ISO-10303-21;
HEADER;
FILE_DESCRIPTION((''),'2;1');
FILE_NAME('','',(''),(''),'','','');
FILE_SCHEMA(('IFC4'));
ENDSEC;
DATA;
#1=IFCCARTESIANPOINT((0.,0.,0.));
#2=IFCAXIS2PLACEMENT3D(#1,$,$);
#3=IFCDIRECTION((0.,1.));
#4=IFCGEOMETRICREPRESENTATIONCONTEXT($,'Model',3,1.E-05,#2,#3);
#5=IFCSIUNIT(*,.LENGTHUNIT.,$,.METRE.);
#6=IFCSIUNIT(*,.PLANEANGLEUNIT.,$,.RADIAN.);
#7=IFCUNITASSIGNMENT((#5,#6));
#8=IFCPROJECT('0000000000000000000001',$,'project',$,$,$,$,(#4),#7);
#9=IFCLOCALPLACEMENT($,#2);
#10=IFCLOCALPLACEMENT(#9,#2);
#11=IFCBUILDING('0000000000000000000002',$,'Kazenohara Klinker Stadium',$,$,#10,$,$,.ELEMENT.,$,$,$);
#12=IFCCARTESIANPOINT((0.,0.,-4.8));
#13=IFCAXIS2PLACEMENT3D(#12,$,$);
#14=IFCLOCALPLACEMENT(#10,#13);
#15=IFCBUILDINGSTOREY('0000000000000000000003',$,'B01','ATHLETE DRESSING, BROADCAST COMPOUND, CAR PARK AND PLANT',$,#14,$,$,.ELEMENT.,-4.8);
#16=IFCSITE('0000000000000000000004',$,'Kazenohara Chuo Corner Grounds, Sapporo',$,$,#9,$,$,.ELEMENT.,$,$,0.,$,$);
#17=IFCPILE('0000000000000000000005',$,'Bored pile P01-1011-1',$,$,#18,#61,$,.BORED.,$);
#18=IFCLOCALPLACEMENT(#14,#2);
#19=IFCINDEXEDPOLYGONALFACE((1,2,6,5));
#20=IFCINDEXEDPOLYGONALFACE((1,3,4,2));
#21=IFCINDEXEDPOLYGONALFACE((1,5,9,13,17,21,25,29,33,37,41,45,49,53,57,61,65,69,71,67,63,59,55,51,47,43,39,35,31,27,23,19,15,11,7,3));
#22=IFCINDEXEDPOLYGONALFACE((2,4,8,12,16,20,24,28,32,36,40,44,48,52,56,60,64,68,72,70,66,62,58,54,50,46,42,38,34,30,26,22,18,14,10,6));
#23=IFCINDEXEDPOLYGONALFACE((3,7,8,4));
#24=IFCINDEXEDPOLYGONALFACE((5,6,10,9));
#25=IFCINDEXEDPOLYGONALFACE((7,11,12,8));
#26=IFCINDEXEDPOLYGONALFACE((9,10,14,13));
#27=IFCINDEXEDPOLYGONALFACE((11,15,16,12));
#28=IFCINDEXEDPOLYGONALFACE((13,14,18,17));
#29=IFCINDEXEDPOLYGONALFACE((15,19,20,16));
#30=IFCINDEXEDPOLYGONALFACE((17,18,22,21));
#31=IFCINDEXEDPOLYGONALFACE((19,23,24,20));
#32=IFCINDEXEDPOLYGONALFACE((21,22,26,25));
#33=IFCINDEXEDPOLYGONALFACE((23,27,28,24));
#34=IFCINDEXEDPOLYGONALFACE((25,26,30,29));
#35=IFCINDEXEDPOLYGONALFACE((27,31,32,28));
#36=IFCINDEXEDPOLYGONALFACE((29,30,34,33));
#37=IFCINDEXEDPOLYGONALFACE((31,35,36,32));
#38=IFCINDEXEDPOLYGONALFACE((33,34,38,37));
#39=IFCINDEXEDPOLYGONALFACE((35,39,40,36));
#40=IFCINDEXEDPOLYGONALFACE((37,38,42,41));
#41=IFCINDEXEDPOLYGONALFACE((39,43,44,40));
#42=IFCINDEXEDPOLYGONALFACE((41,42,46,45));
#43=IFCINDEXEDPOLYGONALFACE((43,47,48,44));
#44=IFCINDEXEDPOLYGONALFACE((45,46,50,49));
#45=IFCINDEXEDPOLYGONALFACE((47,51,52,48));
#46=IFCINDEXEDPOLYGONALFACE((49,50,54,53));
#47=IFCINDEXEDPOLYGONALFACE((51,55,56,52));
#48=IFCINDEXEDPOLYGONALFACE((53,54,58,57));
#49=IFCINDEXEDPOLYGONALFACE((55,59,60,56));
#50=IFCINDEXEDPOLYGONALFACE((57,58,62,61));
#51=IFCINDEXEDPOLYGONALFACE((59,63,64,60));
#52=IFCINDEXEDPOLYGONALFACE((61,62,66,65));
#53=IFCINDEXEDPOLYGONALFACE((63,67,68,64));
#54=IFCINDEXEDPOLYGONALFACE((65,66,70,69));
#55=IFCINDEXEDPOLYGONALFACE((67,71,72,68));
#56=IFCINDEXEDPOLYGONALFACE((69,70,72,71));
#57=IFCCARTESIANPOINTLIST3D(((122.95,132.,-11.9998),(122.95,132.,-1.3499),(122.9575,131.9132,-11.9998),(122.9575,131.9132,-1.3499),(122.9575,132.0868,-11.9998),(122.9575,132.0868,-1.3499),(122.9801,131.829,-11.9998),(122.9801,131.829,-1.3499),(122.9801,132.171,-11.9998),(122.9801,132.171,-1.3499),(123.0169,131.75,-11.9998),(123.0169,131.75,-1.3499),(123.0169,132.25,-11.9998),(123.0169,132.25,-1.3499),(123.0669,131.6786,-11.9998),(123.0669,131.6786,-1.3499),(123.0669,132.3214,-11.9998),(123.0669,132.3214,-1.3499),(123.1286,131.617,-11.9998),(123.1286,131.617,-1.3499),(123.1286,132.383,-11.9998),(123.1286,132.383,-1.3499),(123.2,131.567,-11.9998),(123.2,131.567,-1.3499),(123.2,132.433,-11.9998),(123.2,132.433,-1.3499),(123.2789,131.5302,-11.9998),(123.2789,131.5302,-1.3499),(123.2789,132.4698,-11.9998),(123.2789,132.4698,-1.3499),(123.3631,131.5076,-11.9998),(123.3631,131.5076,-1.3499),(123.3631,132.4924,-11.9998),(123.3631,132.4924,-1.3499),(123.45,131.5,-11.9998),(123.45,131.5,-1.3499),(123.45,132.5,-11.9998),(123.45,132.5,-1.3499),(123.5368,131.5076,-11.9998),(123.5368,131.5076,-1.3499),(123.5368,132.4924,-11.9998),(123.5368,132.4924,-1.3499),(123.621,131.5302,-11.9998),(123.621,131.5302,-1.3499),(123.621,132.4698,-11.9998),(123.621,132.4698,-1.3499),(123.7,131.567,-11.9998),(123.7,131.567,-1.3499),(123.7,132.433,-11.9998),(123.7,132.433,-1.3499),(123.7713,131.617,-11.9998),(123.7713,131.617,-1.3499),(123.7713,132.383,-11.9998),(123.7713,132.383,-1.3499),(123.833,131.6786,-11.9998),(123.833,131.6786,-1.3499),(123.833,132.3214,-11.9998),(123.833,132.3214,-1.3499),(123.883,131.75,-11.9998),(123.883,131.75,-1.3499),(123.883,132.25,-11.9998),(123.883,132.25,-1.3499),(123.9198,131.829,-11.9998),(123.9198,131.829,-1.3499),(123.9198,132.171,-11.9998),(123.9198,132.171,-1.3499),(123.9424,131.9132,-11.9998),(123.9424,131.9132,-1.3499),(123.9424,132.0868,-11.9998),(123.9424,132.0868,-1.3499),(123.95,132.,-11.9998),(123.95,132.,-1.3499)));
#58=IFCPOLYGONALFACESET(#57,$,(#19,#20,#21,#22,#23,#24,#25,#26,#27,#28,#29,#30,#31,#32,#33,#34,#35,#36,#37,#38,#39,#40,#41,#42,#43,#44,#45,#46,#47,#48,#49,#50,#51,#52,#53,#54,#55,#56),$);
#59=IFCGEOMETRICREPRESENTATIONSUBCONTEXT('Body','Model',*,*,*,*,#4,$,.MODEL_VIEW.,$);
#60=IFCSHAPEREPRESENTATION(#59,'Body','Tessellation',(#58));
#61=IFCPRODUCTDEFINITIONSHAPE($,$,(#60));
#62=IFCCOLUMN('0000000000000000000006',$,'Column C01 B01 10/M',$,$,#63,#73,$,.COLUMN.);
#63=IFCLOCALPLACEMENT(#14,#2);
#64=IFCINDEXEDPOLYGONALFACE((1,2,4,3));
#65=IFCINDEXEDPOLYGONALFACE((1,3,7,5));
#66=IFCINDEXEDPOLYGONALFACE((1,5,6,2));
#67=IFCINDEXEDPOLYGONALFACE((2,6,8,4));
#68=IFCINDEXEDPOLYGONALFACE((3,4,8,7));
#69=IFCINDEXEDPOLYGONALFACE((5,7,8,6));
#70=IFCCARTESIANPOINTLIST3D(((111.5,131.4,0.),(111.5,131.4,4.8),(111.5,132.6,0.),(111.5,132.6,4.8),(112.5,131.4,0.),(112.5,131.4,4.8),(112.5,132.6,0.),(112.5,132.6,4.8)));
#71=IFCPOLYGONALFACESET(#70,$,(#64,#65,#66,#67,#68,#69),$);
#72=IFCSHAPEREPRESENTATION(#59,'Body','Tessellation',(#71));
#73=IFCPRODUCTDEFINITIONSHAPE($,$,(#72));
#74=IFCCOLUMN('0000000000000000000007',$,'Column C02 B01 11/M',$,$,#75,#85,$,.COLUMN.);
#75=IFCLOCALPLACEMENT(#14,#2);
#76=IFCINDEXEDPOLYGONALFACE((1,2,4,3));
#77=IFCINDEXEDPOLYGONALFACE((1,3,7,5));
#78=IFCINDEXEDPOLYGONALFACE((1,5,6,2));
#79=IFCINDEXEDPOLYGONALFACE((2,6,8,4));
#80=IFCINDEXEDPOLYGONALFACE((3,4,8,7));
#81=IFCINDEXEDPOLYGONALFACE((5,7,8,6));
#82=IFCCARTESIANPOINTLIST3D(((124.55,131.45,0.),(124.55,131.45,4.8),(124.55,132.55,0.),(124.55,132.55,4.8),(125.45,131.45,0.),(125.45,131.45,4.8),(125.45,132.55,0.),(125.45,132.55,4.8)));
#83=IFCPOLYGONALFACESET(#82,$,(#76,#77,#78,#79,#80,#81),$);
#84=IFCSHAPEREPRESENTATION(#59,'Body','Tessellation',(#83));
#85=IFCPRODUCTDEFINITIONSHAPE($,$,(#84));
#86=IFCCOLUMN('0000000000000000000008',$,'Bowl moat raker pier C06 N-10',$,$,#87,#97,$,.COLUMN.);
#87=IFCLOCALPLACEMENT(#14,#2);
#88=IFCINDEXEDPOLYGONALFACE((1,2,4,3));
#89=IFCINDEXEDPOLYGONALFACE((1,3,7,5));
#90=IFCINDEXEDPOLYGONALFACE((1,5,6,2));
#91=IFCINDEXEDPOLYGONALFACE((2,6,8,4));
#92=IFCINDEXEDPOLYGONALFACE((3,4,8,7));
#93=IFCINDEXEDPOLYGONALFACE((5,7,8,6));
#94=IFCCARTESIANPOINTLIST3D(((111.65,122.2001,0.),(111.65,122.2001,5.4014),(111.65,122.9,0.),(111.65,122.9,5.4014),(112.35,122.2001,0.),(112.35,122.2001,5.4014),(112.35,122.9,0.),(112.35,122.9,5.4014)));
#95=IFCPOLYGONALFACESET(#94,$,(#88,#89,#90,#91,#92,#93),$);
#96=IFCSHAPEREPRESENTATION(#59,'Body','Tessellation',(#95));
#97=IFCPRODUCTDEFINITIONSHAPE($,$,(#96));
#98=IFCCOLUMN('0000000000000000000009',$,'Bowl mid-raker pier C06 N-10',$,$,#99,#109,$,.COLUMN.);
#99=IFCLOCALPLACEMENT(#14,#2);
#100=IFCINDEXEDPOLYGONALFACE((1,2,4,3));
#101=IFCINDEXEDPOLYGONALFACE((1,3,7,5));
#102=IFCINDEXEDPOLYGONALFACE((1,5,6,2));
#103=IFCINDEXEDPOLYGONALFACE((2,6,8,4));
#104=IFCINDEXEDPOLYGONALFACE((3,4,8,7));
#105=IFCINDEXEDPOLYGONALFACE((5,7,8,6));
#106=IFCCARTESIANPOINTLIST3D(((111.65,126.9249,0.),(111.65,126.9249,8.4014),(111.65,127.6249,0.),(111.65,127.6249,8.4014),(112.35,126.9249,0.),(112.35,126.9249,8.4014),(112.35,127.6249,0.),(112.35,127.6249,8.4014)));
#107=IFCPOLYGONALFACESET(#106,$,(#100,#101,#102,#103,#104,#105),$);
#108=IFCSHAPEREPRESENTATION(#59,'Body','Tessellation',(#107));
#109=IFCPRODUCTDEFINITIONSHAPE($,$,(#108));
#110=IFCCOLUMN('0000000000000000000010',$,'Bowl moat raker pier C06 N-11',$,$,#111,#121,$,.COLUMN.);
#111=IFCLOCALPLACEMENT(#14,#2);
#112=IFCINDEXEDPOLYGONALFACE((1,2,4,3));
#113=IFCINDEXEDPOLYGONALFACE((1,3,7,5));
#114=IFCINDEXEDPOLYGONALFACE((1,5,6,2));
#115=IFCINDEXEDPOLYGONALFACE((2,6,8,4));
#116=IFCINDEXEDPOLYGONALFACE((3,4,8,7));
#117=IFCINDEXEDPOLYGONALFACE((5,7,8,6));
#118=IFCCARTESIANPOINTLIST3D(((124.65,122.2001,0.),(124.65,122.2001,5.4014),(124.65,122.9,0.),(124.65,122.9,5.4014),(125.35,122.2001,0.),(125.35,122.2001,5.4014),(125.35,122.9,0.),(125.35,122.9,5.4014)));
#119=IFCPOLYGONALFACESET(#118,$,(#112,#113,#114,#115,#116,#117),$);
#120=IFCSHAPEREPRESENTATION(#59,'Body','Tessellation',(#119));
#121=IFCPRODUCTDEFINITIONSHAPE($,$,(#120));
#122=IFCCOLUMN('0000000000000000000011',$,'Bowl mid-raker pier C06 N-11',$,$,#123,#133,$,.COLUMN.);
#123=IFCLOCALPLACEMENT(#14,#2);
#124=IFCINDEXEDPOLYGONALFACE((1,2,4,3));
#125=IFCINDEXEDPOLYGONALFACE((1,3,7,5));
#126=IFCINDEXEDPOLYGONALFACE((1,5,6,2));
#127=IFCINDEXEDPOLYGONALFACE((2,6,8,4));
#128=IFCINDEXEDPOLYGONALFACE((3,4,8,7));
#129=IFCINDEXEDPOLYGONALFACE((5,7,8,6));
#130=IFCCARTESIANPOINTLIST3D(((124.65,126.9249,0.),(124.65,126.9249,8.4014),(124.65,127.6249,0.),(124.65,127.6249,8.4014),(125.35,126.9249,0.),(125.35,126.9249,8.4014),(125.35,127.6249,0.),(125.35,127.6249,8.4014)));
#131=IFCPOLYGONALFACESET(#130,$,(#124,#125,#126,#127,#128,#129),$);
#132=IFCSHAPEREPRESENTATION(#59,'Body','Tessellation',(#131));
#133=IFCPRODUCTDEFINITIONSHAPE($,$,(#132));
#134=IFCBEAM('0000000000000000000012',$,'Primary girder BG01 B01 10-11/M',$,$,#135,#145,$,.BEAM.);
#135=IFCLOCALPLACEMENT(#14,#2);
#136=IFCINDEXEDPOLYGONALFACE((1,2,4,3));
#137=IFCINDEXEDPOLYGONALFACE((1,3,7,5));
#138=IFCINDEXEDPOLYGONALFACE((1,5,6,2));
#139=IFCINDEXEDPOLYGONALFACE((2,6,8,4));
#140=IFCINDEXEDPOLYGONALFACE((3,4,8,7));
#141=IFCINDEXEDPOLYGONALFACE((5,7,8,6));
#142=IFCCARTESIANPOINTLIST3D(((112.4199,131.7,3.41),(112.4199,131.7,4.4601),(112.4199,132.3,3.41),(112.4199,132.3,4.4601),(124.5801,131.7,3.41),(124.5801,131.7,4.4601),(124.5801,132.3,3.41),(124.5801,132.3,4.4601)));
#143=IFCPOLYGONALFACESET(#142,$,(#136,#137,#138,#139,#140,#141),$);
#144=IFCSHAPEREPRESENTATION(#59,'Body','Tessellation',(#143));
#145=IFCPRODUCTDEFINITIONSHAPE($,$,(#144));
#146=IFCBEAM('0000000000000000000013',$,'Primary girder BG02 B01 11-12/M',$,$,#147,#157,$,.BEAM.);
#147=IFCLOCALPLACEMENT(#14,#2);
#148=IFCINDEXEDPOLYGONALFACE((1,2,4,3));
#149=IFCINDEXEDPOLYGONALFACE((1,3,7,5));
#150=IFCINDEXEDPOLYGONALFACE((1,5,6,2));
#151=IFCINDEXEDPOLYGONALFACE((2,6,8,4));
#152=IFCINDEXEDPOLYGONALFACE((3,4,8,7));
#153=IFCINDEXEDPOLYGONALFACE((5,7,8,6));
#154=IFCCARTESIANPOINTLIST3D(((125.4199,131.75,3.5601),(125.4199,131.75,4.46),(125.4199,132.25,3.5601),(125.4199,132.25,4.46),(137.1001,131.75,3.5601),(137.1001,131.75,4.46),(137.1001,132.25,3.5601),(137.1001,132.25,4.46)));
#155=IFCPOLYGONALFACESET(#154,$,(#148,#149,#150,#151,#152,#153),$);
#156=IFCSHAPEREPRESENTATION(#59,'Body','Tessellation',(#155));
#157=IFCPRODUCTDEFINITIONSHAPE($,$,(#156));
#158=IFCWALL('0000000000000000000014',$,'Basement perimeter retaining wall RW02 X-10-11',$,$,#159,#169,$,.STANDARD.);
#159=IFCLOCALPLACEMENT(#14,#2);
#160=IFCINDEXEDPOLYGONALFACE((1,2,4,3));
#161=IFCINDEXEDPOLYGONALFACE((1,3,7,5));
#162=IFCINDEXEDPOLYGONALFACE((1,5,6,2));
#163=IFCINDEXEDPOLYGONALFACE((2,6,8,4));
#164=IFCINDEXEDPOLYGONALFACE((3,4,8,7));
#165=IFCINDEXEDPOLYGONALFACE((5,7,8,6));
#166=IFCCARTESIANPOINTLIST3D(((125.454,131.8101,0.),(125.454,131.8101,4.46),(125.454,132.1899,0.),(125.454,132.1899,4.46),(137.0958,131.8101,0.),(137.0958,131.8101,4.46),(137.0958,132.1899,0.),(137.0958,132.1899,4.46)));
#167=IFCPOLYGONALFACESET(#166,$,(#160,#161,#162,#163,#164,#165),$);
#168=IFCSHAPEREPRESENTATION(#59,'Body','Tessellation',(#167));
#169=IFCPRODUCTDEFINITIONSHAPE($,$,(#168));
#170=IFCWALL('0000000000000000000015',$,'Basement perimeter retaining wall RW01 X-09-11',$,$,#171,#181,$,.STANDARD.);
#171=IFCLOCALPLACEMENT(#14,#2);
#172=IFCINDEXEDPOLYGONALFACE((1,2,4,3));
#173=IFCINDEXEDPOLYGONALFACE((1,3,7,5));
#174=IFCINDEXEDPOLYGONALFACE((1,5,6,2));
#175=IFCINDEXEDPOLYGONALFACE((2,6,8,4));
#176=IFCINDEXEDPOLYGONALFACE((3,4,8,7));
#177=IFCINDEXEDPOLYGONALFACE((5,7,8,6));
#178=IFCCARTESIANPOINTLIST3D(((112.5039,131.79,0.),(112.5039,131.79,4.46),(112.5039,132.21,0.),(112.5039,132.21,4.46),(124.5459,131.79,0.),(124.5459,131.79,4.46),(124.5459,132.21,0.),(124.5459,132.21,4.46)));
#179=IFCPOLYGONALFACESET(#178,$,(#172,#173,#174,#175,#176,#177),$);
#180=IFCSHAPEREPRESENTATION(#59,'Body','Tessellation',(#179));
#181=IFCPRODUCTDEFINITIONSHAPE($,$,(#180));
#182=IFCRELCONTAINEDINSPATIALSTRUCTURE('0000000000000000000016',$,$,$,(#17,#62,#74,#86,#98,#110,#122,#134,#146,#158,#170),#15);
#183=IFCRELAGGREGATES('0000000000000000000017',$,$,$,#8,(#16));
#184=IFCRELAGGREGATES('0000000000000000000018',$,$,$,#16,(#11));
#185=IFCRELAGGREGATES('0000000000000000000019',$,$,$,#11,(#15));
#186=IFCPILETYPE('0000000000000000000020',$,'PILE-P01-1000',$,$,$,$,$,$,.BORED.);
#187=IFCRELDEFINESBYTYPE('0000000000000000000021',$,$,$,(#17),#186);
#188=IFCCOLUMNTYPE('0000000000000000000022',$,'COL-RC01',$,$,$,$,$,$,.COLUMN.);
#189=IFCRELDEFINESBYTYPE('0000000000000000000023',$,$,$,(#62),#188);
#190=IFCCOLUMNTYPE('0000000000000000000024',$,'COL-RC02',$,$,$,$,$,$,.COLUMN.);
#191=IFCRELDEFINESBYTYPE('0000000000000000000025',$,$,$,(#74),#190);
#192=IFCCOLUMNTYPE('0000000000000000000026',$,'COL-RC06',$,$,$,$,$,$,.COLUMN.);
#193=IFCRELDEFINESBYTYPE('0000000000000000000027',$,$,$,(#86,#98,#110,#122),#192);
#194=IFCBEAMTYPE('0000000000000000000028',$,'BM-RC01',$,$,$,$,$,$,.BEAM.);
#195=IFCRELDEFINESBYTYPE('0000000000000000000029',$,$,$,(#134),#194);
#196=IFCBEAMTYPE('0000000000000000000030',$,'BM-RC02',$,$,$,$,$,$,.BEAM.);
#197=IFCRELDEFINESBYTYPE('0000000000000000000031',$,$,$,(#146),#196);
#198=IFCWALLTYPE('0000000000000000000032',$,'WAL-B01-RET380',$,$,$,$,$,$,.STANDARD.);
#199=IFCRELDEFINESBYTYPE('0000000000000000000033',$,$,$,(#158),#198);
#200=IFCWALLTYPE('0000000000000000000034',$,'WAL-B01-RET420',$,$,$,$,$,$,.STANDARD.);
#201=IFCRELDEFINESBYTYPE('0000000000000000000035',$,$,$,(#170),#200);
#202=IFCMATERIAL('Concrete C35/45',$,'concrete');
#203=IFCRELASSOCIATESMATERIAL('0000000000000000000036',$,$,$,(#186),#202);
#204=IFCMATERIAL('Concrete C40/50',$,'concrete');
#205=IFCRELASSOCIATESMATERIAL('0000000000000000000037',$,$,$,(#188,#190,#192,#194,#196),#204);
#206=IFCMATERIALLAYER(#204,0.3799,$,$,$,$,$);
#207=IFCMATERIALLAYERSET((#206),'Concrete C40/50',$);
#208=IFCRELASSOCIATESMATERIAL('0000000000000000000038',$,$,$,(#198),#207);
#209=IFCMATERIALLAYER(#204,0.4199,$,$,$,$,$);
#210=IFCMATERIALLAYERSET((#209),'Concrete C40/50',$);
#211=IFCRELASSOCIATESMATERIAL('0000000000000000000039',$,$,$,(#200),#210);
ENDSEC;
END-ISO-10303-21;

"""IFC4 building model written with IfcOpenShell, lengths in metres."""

from ifc_helpers import new_model, si_unit, direction, frame, frame_2d, origin, origin_2d, place, context, subcontext, project, spatial, rectangle, circle, extrude, material, layer, layer_set, material_profile, profile_set, type_object, element, save


model = new_model("IFC4")

# Units and contexts
model_context = context("Model", 3, precision=1e-05, world=origin(), true_north=direction((0.0, 1.0)))
body_context = subcontext(model_context, "Body", "Model", "MODEL_VIEW")
ifc_project = project(units=[si_unit("LENGTHUNIT", "METRE"), si_unit("PLANEANGLEUNIT", "RADIAN")], contexts=[model_context])

# Site, building, storey
site_placement = place(None, origin())
site = spatial("IfcSite", under=ifc_project, at=site_placement, Name="Kazenohara Chuo Corner Grounds, Sapporo", CompositionType="ELEMENT", RefElevation=0.0)
building_placement = place(site_placement, origin())
building = spatial("IfcBuilding", under=site, at=building_placement, Name="Kazenohara Klinker Stadium", CompositionType="ELEMENT")
storey_placement = place(building_placement, frame((0.0, 0.0, -4.8)))
storey = spatial("IfcBuildingStorey", under=building, at=storey_placement, Name="B01", Description="ATHLETE DRESSING, BROADCAST COMPOUND, CAR PARK AND PLANT", CompositionType="ELEMENT", Elevation=-4.8)

# Shared definitions
ifc_material_1 = material(Name="Concrete C35/45", Category="concrete")

# Pile
ifc_material_profile_1 = material_profile(ifc_material_1, circle(Radius=0.5, at=origin_2d()), Name="BORED-PILE-1000")
ifc_profile_set_1 = profile_set([ifc_material_profile_1], Name="Concrete C35/45")
pile_type = type_object("IfcPileType", Name="PILE-P01-1000", PredefinedType="BORED", material=ifc_profile_set_1)
pile_placement = place(storey_placement, frame((123.45, 132.0, -1.3499), z_axis=(0.0, 0.0, -1.0), x_axis=(1.0, 0.0, 0.0)))
element("IfcPile", 1, at=pile_placement, inside=storey, type_object=pile_type, Name="Bored pile P01-1011-1", PredefinedType="BORED", context=body_context, shape_type="SweptSolid", body=[
    extrude(circle(Radius=0.5, at=origin_2d()), origin(), (0.0, 0.0, 1.0), 10.6499),
])

# Columns
ifc_material_2 = material(Name="Concrete C40/50", Category="concrete")
ifc_material_profile_2 = material_profile(ifc_material_2, rectangle(XDim=1.0, YDim=1.2, at=origin_2d()), Name="RC-COL-1200x1000")
ifc_profile_set_2 = profile_set([ifc_material_profile_2], Name="Concrete C40/50")
column_type_1 = type_object("IfcColumnType", Name="COL-RC01", PredefinedType="COLUMN", material=ifc_profile_set_2)
column_1_placement = place(storey_placement, frame((112.0, 132.0, 0.0), z_axis=(0.0, 0.0, 1.0), x_axis=(1.0, 0.0, 0.0)))
element("IfcColumn", 2, at=column_1_placement, inside=storey, type_object=column_type_1, Name="Column C01 B01 10/M", PredefinedType="COLUMN", context=body_context, shape_type="SweptSolid", body=[
    extrude(rectangle(XDim=1.0, YDim=1.2, at=origin_2d()), origin(), (0.0, 0.0, 1.0), 4.8),
])
ifc_material_profile_3 = material_profile(ifc_material_2, rectangle(XDim=0.8999, YDim=1.1001, at=origin_2d()), Name="RC-COL-1100x900")
ifc_profile_set_3 = profile_set([ifc_material_profile_3], Name="Concrete C40/50")
column_type_2 = type_object("IfcColumnType", Name="COL-RC02", PredefinedType="COLUMN", material=ifc_profile_set_3)
column_2_placement = place(storey_placement, frame((125.0, 132.0, 0.0), z_axis=(0.0, 0.0, 1.0), x_axis=(1.0, 0.0, 0.0)))
element("IfcColumn", 3, at=column_2_placement, inside=storey, type_object=column_type_2, Name="Column C02 B01 11/M", PredefinedType="COLUMN", context=body_context, shape_type="SweptSolid", body=[
    extrude(rectangle(XDim=0.8999, YDim=1.1001, at=origin_2d()), origin(), (0.0, 0.0, 1.0), 4.8),
])
ifc_material_profile_4 = material_profile(ifc_material_2, rectangle(XDim=0.7, YDim=0.7, at=origin_2d()), Name="RC-COL-700x700")
ifc_profile_set_4 = profile_set([ifc_material_profile_4], Name="Concrete C40/50")
column_type_3 = type_object("IfcColumnType", Name="COL-RC06", PredefinedType="COLUMN", material=ifc_profile_set_4)
column_3_placement = place(storey_placement, frame((112.0, 122.55, 0.0), z_axis=(0.0, 0.0, 1.0), x_axis=(1.0, 0.0, 0.0)))
element("IfcColumn", 4, at=column_3_placement, inside=storey, type_object=column_type_3, Name="Bowl moat raker pier C06 N-10", PredefinedType="COLUMN", context=body_context, shape_type="SweptSolid", body=[
    extrude(rectangle(XDim=0.7, YDim=0.7, at=origin_2d()), origin(), (0.0, 0.0, 1.0), 5.4014),
])
column_4_placement = place(storey_placement, frame((112.0, 127.2749, 0.0), z_axis=(0.0, 0.0, 1.0), x_axis=(1.0, 0.0, 0.0)))
element("IfcColumn", 5, at=column_4_placement, inside=storey, type_object=column_type_3, Name="Bowl mid-raker pier C06 N-10", PredefinedType="COLUMN", context=body_context, shape_type="SweptSolid", body=[
    extrude(rectangle(XDim=0.7, YDim=0.7, at=origin_2d()), origin(), (0.0, 0.0, 1.0), 8.4014),
])
column_5_placement = place(storey_placement, frame((125.0, 122.55, 0.0), z_axis=(0.0, 0.0, 1.0), x_axis=(1.0, 0.0, 0.0)))
element("IfcColumn", 6, at=column_5_placement, inside=storey, type_object=column_type_3, Name="Bowl moat raker pier C06 N-11", PredefinedType="COLUMN", context=body_context, shape_type="SweptSolid", body=[
    extrude(rectangle(XDim=0.7, YDim=0.7, at=origin_2d()), origin(), (0.0, 0.0, 1.0), 5.4014),
])
column_6_placement = place(storey_placement, frame((125.0, 127.2749, 0.0), z_axis=(0.0, 0.0, 1.0), x_axis=(1.0, 0.0, 0.0)))
element("IfcColumn", 7, at=column_6_placement, inside=storey, type_object=column_type_3, Name="Bowl mid-raker pier C06 N-11", PredefinedType="COLUMN", context=body_context, shape_type="SweptSolid", body=[
    extrude(rectangle(XDim=0.7, YDim=0.7, at=origin_2d()), origin(), (0.0, 0.0, 1.0), 8.4014),
])

# Beams
ifc_material_profile_5 = material_profile(ifc_material_2, rectangle(XDim=0.6001, YDim=1.05, at=origin_2d()), Name="RC-BM-600x1050")
ifc_profile_set_5 = profile_set([ifc_material_profile_5], Name="Concrete C40/50")
beam_type_1 = type_object("IfcBeamType", Name="BM-RC01", PredefinedType="BEAM", material=ifc_profile_set_5)
beam_1_placement = place(storey_placement, frame((112.4199, 132.0, 3.9351), z_axis=(1.0, 0.0, 0.0), x_axis=(0.0, 1.0, 0.0)))
element("IfcBeam", 8, at=beam_1_placement, inside=storey, type_object=beam_type_1, Name="Primary girder BG01 B01 10-11/M", PredefinedType="BEAM", context=body_context, shape_type="SweptSolid", body=[
    extrude(rectangle(XDim=0.6001, YDim=1.05, at=origin_2d()), origin(), (0.0, 0.0, 1.0), 12.1602),
])
ifc_material_profile_6 = material_profile(ifc_material_2, rectangle(XDim=0.5, YDim=0.8999, at=origin_2d()), Name="RC-BM-500x900")
ifc_profile_set_6 = profile_set([ifc_material_profile_6], Name="Concrete C40/50")
beam_type_2 = type_object("IfcBeamType", Name="BM-RC02", PredefinedType="BEAM", material=ifc_profile_set_6)
beam_2_placement = place(storey_placement, frame((125.4199, 132.0, 4.01), z_axis=(1.0, 0.0, 0.0), x_axis=(0.0, 1.0, 0.0)))
element("IfcBeam", 9, at=beam_2_placement, inside=storey, type_object=beam_type_2, Name="Primary girder BG02 B01 11-12/M", PredefinedType="BEAM", context=body_context, shape_type="SweptSolid", body=[
    extrude(rectangle(XDim=0.5, YDim=0.8999, at=origin_2d()), origin(), (0.0, 0.0, 1.0), 11.6802),
])

# Walls
ifc_layer_1 = layer(ifc_material_2, 0.3799)
ifc_layer_set_1 = layer_set([ifc_layer_1], Name="Concrete C40/50")
wall_type_1 = type_object("IfcWallType", Name="WAL-B01-RET380", PredefinedType="STANDARD", material=ifc_layer_set_1)
wall_1_placement = place(storey_placement, frame((125.4541, 132.0, 0.0), z_axis=(0.0, 0.0, 1.0), x_axis=(1.0, 0.0, 0.0)))
element("IfcWall", 10, at=wall_1_placement, inside=storey, type_object=wall_type_1, Name="Basement perimeter retaining wall RW02 X-10-11", PredefinedType="STANDARD", context=body_context, shape_type="SweptSolid", body=[
    extrude(rectangle(XDim=11.6418, YDim=0.3799, at=frame_2d((5.8208, 0.0))), origin(), (0.0, 0.0, 1.0), 4.46),
])
ifc_layer_2 = layer(ifc_material_2, 0.4199)
ifc_layer_set_2 = layer_set([ifc_layer_2], Name="Concrete C40/50")
wall_type_2 = type_object("IfcWallType", Name="WAL-B01-RET420", PredefinedType="STANDARD", material=ifc_layer_set_2)
wall_2_placement = place(storey_placement, frame((112.5039, 132.0, 0.0), z_axis=(0.0, 0.0, 1.0), x_axis=(1.0, 0.0, 0.0)))
element("IfcWall", 11, at=wall_2_placement, inside=storey, type_object=wall_type_2, Name="Basement perimeter retaining wall RW01 X-09-11", PredefinedType="STANDARD", context=body_context, shape_type="SweptSolid", body=[
    extrude(rectangle(XDim=12.042, YDim=0.4199, at=frame_2d((6.021, 0.0))), origin(), (0.0, 0.0, 1.0), 4.46),
])

save(model, "model.ifc")
